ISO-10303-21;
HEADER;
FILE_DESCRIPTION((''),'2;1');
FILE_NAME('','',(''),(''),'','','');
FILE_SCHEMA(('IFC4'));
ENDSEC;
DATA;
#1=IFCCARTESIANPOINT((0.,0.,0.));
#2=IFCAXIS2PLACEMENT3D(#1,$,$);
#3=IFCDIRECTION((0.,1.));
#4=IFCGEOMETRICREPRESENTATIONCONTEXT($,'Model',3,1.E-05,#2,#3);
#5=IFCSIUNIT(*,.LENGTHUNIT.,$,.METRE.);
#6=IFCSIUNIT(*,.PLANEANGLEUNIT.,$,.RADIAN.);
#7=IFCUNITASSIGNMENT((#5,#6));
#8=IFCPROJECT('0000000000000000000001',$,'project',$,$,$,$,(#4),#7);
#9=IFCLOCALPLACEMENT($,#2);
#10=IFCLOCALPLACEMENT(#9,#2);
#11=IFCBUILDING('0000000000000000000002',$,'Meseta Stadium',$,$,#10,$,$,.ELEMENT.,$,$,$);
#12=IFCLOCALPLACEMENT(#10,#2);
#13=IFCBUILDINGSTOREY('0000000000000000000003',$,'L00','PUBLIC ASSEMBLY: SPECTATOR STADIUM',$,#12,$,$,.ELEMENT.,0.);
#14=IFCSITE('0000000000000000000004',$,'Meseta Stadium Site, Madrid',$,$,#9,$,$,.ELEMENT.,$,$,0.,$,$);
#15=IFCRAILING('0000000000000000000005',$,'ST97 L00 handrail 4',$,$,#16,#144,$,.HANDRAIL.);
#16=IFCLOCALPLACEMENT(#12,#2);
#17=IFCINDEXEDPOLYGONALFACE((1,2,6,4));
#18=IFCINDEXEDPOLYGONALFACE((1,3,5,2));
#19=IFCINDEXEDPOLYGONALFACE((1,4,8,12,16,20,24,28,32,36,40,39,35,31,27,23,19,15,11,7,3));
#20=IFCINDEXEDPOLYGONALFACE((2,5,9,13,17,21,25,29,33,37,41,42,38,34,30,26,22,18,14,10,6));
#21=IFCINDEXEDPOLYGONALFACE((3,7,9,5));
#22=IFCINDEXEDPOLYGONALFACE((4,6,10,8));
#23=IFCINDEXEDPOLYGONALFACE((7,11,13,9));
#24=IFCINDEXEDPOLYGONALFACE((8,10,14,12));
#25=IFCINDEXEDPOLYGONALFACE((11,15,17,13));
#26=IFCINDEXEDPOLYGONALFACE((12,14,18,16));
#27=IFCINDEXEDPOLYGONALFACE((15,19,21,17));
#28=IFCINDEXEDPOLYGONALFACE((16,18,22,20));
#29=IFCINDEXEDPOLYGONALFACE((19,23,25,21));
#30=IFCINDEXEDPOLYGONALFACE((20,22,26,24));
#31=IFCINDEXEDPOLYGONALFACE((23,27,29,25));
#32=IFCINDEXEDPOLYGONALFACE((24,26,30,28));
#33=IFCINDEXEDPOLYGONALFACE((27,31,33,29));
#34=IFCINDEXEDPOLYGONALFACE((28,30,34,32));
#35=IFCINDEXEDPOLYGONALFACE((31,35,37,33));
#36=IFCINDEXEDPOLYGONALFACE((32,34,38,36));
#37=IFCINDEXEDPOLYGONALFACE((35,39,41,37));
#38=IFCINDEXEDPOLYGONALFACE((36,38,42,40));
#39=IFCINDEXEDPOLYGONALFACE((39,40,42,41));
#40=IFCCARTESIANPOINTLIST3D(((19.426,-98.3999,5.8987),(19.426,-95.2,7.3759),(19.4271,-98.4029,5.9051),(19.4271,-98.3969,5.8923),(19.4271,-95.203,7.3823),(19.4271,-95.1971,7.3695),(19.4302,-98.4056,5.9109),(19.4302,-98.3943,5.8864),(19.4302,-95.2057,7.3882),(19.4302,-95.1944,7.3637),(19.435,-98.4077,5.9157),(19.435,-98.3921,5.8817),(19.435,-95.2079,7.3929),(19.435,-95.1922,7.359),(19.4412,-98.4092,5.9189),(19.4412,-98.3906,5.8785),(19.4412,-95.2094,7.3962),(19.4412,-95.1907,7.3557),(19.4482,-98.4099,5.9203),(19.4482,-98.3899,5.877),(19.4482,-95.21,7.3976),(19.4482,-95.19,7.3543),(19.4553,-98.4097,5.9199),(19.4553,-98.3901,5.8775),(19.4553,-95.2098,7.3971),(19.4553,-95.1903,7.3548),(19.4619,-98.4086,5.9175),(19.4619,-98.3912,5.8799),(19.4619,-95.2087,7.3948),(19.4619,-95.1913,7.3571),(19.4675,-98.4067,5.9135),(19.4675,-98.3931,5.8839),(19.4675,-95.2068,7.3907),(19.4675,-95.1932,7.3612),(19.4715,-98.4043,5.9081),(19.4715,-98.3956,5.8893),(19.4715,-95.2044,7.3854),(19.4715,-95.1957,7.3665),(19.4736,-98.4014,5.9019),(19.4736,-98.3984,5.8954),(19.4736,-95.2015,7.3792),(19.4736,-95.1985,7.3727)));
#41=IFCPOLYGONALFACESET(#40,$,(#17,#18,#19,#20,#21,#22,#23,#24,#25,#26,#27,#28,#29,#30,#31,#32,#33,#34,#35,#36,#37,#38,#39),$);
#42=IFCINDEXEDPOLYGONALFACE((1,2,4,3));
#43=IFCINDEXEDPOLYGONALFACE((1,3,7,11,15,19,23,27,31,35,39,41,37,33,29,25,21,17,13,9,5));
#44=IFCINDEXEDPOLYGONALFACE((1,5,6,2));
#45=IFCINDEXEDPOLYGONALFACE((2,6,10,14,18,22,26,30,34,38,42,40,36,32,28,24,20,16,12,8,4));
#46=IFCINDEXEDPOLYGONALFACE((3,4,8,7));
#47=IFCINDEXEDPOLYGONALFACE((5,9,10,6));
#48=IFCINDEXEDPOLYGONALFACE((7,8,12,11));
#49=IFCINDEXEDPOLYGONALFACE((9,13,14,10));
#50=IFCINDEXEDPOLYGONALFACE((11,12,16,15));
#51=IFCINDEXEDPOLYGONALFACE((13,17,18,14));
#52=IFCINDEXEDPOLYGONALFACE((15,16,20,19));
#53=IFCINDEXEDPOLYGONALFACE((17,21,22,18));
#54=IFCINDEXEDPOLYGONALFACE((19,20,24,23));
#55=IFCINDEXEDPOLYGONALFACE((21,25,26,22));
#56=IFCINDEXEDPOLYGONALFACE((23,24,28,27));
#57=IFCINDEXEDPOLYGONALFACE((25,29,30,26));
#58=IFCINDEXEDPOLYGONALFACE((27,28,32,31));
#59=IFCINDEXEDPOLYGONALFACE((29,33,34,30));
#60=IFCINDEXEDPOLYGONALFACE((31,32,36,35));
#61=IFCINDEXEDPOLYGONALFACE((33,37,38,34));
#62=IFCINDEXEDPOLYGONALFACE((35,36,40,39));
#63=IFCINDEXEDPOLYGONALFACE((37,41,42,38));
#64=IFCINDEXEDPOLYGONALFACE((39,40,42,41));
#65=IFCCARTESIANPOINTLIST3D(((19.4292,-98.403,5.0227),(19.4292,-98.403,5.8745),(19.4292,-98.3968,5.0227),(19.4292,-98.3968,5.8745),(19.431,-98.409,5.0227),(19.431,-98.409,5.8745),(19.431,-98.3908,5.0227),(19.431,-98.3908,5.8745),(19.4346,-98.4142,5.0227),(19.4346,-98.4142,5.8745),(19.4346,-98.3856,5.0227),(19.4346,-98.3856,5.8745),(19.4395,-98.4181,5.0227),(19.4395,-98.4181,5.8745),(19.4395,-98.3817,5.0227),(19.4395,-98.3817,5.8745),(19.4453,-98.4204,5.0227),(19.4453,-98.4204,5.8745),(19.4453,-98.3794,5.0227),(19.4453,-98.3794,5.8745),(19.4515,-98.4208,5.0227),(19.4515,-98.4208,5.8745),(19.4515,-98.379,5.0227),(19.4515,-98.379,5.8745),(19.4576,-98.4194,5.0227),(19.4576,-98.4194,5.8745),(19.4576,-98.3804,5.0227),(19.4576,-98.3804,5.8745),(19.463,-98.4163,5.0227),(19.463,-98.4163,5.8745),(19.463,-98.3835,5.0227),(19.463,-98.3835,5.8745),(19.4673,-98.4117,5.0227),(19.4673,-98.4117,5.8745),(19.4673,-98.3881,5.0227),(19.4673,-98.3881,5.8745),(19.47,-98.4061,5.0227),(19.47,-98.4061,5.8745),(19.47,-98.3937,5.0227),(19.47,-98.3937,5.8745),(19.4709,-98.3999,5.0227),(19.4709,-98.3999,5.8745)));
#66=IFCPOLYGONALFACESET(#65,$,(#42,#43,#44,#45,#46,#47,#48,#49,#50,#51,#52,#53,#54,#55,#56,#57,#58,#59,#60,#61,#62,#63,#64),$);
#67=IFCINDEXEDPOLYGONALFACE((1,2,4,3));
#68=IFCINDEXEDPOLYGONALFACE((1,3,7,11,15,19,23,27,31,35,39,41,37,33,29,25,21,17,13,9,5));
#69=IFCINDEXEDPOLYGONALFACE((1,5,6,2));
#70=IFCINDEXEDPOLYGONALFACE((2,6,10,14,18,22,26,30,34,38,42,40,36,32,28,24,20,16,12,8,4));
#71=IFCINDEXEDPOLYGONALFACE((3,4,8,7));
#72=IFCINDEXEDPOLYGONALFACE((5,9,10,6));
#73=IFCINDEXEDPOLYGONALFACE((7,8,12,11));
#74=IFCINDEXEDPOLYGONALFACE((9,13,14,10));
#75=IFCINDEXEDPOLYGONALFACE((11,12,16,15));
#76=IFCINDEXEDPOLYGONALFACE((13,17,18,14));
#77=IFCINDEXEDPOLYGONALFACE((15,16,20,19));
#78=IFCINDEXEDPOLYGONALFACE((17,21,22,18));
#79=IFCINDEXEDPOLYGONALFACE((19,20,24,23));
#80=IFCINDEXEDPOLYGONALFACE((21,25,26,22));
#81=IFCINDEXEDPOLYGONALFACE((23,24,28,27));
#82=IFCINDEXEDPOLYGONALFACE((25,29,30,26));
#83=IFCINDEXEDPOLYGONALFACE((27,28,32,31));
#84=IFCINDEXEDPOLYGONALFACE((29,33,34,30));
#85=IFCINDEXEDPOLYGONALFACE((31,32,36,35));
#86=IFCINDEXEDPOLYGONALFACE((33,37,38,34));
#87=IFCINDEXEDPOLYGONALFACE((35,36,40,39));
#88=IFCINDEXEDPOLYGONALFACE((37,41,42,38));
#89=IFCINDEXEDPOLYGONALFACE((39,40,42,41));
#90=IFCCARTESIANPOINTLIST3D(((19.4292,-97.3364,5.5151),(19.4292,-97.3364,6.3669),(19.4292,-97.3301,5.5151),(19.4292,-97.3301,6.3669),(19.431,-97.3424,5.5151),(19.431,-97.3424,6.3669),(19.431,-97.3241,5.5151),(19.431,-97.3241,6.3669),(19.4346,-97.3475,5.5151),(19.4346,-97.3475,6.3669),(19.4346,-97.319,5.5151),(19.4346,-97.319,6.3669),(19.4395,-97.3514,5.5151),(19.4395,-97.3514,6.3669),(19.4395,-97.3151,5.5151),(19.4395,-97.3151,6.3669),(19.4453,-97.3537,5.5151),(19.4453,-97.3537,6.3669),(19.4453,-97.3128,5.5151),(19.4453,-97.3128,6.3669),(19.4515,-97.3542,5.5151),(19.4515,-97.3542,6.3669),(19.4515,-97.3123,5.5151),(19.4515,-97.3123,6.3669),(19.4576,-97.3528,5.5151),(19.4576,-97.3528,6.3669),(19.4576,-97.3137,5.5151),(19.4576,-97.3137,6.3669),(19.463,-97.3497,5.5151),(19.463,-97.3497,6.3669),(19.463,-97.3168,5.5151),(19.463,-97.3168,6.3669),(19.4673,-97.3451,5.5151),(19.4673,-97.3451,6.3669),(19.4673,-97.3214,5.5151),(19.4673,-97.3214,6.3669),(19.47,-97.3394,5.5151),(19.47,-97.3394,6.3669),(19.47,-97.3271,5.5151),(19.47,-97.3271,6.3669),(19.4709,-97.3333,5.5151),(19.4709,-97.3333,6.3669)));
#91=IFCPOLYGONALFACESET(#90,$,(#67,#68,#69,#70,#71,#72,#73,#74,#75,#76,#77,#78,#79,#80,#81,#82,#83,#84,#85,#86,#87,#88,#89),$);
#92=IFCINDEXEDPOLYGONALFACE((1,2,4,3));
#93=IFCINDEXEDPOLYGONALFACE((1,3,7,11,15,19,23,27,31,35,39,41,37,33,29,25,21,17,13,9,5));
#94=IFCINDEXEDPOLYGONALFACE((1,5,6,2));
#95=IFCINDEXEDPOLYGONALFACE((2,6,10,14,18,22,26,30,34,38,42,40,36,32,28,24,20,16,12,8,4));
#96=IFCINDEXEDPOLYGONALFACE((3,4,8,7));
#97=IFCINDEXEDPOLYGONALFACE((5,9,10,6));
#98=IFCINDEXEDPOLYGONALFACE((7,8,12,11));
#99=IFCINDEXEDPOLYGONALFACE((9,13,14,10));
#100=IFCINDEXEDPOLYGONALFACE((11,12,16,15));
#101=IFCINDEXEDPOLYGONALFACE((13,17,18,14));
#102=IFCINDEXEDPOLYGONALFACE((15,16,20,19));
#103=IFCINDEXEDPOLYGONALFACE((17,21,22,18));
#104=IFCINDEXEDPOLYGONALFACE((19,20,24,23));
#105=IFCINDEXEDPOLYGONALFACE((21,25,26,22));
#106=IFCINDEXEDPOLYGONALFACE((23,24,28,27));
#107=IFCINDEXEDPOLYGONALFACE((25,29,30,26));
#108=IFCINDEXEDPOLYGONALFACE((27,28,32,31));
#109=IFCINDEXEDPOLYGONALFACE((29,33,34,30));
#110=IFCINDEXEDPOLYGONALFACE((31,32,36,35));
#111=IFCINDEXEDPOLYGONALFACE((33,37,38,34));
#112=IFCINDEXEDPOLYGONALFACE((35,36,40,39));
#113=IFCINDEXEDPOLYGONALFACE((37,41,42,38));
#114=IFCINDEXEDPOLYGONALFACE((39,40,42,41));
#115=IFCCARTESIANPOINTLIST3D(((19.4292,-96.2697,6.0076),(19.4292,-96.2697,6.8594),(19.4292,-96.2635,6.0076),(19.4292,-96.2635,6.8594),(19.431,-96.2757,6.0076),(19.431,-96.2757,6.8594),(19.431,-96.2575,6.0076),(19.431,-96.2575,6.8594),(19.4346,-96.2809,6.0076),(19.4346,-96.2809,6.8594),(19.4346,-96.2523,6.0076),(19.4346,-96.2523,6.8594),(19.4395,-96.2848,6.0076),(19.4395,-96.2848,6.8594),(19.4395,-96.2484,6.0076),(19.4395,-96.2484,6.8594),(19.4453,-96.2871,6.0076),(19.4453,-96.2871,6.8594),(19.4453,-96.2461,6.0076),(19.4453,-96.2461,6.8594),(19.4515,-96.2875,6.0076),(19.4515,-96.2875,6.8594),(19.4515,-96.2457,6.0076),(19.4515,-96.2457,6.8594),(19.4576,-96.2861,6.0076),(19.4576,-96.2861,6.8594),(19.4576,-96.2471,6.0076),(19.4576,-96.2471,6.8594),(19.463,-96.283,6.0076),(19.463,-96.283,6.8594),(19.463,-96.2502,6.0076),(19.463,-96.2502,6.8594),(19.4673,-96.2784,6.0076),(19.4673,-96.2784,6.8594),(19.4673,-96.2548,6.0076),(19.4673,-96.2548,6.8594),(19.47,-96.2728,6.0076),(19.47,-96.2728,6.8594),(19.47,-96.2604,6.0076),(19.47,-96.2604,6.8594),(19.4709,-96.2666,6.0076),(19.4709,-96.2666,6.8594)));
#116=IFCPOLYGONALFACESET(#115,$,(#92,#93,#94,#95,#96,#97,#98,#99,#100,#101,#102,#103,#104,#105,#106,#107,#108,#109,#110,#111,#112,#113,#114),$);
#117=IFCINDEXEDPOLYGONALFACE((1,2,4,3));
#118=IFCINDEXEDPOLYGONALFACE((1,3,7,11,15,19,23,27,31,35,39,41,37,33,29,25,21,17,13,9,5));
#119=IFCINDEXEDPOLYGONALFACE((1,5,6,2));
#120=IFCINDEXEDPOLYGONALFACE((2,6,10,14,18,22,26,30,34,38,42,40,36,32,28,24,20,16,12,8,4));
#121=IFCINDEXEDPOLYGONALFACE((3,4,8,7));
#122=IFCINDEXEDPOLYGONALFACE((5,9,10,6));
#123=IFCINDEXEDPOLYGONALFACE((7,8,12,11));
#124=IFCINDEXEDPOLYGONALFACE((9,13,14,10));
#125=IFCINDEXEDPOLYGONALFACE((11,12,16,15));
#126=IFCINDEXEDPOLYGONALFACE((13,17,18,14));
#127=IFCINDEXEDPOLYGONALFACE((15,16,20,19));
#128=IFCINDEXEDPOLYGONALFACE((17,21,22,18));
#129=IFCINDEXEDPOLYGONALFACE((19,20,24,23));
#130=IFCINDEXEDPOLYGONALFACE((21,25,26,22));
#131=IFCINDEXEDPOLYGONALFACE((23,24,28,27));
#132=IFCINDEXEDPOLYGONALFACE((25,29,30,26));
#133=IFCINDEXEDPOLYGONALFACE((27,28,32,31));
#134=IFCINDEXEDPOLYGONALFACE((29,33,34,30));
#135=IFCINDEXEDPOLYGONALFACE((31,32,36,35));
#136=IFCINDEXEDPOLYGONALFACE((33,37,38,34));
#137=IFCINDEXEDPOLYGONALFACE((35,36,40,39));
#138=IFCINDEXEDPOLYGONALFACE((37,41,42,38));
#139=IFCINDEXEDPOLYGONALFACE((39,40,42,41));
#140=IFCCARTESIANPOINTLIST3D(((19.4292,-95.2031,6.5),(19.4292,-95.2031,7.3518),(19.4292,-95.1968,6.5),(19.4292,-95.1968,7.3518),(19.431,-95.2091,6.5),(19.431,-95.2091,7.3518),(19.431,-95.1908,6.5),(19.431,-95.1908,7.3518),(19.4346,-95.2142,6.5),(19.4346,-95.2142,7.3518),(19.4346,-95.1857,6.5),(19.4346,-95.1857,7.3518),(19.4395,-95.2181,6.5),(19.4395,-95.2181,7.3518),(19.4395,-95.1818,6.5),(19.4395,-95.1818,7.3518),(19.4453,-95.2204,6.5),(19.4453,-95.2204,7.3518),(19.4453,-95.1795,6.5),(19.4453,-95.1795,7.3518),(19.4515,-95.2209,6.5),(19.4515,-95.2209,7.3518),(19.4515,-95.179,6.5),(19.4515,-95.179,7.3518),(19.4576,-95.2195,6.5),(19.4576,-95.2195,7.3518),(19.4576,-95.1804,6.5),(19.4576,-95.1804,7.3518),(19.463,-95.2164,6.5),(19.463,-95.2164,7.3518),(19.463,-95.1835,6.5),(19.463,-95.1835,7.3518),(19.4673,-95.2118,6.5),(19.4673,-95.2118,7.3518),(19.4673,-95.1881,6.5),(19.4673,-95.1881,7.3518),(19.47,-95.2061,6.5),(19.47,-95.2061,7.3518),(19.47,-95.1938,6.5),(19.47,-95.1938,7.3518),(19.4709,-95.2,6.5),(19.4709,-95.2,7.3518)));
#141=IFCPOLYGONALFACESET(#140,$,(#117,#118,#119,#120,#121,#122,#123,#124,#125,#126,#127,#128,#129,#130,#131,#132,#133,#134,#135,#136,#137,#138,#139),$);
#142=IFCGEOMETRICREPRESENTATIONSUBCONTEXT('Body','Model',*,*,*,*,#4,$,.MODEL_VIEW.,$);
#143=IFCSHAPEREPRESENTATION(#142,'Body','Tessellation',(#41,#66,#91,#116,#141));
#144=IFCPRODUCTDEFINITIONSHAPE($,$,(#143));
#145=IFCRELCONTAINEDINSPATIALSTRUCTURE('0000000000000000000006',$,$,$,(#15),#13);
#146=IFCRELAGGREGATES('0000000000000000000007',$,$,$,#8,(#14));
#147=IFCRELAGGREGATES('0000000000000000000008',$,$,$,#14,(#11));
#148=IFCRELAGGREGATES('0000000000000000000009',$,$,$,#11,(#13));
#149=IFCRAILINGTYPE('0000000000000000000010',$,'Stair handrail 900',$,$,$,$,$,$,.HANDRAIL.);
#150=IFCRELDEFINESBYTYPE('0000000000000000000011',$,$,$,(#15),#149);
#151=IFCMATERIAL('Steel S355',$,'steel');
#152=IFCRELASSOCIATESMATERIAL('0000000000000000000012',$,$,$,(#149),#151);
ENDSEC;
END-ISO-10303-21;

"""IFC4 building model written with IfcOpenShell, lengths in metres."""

from ifc_helpers import new_model, si_unit, direction, frame, origin, origin_2d, place, context, subcontext, project, spatial, circle, extrude, material, type_object, element, save


model = new_model("IFC4")

# Units and contexts
model_context = context("Model", 3, precision=1e-05, world=origin(), true_north=direction((0.0, 1.0)))
body_context = subcontext(model_context, "Body", "Model", "MODEL_VIEW")
ifc_project = project(units=[si_unit("LENGTHUNIT", "METRE"), si_unit("PLANEANGLEUNIT", "RADIAN")], contexts=[model_context])

# Site, building, storey
site_placement = place(None, origin())
site = spatial("IfcSite", under=ifc_project, at=site_placement, Name="Meseta Stadium Site, Madrid", CompositionType="ELEMENT", RefElevation=0.0)
building_placement = place(site_placement, origin())
building = spatial("IfcBuilding", under=site, at=building_placement, Name="Meseta Stadium", CompositionType="ELEMENT")
storey_placement = place(building_placement, origin())
storey = spatial("IfcBuildingStorey", under=building, at=storey_placement, Name="L00", Description="PUBLIC ASSEMBLY: SPECTATOR STADIUM", CompositionType="ELEMENT", Elevation=0.0)

# Railing
ifc_material_1 = material(Name="Steel S355", Category="steel")
railing_type_1 = type_object("IfcRailingType", Name="Stair handrail 900", PredefinedType="HANDRAIL", material=ifc_material_1)
railing_1_placement = place(storey_placement, frame((19.45, -98.3999, 5.0227)))
element("IfcRailing", 1, at=railing_1_placement, inside=storey, type_object=railing_type_1, Name="ST97 L00 handrail 4", PredefinedType="HANDRAIL", context=body_context, shape_type="SweptSolid", body=[
    extrude(circle(Radius=0.0239, at=origin_2d()), frame((0.0, 0.0, 0.876), z_axis=(0.0, 0.907917, 0.41915), x_axis=(-1.0, 0.0, 0.0)), (0.0, 0.0, 1.0), 3.5244),
    extrude(circle(Radius=0.021, at=origin_2d()), origin(), (0.0, 0.0, 1.0), 0.8518),
    extrude(circle(Radius=0.021, at=origin_2d()), frame((0.0, 1.0667, 0.4924)), (0.0, 0.0, 1.0), 0.8518),
    extrude(circle(Radius=0.021, at=origin_2d()), frame((0.0, 2.1333, 0.9849)), (0.0, 0.0, 1.0), 0.8518),
    extrude(circle(Radius=0.021, at=origin_2d()), frame((0.0, 3.2, 1.4773)), (0.0, 0.0, 1.0), 0.8518),
])

save(model, "model.ifc")
